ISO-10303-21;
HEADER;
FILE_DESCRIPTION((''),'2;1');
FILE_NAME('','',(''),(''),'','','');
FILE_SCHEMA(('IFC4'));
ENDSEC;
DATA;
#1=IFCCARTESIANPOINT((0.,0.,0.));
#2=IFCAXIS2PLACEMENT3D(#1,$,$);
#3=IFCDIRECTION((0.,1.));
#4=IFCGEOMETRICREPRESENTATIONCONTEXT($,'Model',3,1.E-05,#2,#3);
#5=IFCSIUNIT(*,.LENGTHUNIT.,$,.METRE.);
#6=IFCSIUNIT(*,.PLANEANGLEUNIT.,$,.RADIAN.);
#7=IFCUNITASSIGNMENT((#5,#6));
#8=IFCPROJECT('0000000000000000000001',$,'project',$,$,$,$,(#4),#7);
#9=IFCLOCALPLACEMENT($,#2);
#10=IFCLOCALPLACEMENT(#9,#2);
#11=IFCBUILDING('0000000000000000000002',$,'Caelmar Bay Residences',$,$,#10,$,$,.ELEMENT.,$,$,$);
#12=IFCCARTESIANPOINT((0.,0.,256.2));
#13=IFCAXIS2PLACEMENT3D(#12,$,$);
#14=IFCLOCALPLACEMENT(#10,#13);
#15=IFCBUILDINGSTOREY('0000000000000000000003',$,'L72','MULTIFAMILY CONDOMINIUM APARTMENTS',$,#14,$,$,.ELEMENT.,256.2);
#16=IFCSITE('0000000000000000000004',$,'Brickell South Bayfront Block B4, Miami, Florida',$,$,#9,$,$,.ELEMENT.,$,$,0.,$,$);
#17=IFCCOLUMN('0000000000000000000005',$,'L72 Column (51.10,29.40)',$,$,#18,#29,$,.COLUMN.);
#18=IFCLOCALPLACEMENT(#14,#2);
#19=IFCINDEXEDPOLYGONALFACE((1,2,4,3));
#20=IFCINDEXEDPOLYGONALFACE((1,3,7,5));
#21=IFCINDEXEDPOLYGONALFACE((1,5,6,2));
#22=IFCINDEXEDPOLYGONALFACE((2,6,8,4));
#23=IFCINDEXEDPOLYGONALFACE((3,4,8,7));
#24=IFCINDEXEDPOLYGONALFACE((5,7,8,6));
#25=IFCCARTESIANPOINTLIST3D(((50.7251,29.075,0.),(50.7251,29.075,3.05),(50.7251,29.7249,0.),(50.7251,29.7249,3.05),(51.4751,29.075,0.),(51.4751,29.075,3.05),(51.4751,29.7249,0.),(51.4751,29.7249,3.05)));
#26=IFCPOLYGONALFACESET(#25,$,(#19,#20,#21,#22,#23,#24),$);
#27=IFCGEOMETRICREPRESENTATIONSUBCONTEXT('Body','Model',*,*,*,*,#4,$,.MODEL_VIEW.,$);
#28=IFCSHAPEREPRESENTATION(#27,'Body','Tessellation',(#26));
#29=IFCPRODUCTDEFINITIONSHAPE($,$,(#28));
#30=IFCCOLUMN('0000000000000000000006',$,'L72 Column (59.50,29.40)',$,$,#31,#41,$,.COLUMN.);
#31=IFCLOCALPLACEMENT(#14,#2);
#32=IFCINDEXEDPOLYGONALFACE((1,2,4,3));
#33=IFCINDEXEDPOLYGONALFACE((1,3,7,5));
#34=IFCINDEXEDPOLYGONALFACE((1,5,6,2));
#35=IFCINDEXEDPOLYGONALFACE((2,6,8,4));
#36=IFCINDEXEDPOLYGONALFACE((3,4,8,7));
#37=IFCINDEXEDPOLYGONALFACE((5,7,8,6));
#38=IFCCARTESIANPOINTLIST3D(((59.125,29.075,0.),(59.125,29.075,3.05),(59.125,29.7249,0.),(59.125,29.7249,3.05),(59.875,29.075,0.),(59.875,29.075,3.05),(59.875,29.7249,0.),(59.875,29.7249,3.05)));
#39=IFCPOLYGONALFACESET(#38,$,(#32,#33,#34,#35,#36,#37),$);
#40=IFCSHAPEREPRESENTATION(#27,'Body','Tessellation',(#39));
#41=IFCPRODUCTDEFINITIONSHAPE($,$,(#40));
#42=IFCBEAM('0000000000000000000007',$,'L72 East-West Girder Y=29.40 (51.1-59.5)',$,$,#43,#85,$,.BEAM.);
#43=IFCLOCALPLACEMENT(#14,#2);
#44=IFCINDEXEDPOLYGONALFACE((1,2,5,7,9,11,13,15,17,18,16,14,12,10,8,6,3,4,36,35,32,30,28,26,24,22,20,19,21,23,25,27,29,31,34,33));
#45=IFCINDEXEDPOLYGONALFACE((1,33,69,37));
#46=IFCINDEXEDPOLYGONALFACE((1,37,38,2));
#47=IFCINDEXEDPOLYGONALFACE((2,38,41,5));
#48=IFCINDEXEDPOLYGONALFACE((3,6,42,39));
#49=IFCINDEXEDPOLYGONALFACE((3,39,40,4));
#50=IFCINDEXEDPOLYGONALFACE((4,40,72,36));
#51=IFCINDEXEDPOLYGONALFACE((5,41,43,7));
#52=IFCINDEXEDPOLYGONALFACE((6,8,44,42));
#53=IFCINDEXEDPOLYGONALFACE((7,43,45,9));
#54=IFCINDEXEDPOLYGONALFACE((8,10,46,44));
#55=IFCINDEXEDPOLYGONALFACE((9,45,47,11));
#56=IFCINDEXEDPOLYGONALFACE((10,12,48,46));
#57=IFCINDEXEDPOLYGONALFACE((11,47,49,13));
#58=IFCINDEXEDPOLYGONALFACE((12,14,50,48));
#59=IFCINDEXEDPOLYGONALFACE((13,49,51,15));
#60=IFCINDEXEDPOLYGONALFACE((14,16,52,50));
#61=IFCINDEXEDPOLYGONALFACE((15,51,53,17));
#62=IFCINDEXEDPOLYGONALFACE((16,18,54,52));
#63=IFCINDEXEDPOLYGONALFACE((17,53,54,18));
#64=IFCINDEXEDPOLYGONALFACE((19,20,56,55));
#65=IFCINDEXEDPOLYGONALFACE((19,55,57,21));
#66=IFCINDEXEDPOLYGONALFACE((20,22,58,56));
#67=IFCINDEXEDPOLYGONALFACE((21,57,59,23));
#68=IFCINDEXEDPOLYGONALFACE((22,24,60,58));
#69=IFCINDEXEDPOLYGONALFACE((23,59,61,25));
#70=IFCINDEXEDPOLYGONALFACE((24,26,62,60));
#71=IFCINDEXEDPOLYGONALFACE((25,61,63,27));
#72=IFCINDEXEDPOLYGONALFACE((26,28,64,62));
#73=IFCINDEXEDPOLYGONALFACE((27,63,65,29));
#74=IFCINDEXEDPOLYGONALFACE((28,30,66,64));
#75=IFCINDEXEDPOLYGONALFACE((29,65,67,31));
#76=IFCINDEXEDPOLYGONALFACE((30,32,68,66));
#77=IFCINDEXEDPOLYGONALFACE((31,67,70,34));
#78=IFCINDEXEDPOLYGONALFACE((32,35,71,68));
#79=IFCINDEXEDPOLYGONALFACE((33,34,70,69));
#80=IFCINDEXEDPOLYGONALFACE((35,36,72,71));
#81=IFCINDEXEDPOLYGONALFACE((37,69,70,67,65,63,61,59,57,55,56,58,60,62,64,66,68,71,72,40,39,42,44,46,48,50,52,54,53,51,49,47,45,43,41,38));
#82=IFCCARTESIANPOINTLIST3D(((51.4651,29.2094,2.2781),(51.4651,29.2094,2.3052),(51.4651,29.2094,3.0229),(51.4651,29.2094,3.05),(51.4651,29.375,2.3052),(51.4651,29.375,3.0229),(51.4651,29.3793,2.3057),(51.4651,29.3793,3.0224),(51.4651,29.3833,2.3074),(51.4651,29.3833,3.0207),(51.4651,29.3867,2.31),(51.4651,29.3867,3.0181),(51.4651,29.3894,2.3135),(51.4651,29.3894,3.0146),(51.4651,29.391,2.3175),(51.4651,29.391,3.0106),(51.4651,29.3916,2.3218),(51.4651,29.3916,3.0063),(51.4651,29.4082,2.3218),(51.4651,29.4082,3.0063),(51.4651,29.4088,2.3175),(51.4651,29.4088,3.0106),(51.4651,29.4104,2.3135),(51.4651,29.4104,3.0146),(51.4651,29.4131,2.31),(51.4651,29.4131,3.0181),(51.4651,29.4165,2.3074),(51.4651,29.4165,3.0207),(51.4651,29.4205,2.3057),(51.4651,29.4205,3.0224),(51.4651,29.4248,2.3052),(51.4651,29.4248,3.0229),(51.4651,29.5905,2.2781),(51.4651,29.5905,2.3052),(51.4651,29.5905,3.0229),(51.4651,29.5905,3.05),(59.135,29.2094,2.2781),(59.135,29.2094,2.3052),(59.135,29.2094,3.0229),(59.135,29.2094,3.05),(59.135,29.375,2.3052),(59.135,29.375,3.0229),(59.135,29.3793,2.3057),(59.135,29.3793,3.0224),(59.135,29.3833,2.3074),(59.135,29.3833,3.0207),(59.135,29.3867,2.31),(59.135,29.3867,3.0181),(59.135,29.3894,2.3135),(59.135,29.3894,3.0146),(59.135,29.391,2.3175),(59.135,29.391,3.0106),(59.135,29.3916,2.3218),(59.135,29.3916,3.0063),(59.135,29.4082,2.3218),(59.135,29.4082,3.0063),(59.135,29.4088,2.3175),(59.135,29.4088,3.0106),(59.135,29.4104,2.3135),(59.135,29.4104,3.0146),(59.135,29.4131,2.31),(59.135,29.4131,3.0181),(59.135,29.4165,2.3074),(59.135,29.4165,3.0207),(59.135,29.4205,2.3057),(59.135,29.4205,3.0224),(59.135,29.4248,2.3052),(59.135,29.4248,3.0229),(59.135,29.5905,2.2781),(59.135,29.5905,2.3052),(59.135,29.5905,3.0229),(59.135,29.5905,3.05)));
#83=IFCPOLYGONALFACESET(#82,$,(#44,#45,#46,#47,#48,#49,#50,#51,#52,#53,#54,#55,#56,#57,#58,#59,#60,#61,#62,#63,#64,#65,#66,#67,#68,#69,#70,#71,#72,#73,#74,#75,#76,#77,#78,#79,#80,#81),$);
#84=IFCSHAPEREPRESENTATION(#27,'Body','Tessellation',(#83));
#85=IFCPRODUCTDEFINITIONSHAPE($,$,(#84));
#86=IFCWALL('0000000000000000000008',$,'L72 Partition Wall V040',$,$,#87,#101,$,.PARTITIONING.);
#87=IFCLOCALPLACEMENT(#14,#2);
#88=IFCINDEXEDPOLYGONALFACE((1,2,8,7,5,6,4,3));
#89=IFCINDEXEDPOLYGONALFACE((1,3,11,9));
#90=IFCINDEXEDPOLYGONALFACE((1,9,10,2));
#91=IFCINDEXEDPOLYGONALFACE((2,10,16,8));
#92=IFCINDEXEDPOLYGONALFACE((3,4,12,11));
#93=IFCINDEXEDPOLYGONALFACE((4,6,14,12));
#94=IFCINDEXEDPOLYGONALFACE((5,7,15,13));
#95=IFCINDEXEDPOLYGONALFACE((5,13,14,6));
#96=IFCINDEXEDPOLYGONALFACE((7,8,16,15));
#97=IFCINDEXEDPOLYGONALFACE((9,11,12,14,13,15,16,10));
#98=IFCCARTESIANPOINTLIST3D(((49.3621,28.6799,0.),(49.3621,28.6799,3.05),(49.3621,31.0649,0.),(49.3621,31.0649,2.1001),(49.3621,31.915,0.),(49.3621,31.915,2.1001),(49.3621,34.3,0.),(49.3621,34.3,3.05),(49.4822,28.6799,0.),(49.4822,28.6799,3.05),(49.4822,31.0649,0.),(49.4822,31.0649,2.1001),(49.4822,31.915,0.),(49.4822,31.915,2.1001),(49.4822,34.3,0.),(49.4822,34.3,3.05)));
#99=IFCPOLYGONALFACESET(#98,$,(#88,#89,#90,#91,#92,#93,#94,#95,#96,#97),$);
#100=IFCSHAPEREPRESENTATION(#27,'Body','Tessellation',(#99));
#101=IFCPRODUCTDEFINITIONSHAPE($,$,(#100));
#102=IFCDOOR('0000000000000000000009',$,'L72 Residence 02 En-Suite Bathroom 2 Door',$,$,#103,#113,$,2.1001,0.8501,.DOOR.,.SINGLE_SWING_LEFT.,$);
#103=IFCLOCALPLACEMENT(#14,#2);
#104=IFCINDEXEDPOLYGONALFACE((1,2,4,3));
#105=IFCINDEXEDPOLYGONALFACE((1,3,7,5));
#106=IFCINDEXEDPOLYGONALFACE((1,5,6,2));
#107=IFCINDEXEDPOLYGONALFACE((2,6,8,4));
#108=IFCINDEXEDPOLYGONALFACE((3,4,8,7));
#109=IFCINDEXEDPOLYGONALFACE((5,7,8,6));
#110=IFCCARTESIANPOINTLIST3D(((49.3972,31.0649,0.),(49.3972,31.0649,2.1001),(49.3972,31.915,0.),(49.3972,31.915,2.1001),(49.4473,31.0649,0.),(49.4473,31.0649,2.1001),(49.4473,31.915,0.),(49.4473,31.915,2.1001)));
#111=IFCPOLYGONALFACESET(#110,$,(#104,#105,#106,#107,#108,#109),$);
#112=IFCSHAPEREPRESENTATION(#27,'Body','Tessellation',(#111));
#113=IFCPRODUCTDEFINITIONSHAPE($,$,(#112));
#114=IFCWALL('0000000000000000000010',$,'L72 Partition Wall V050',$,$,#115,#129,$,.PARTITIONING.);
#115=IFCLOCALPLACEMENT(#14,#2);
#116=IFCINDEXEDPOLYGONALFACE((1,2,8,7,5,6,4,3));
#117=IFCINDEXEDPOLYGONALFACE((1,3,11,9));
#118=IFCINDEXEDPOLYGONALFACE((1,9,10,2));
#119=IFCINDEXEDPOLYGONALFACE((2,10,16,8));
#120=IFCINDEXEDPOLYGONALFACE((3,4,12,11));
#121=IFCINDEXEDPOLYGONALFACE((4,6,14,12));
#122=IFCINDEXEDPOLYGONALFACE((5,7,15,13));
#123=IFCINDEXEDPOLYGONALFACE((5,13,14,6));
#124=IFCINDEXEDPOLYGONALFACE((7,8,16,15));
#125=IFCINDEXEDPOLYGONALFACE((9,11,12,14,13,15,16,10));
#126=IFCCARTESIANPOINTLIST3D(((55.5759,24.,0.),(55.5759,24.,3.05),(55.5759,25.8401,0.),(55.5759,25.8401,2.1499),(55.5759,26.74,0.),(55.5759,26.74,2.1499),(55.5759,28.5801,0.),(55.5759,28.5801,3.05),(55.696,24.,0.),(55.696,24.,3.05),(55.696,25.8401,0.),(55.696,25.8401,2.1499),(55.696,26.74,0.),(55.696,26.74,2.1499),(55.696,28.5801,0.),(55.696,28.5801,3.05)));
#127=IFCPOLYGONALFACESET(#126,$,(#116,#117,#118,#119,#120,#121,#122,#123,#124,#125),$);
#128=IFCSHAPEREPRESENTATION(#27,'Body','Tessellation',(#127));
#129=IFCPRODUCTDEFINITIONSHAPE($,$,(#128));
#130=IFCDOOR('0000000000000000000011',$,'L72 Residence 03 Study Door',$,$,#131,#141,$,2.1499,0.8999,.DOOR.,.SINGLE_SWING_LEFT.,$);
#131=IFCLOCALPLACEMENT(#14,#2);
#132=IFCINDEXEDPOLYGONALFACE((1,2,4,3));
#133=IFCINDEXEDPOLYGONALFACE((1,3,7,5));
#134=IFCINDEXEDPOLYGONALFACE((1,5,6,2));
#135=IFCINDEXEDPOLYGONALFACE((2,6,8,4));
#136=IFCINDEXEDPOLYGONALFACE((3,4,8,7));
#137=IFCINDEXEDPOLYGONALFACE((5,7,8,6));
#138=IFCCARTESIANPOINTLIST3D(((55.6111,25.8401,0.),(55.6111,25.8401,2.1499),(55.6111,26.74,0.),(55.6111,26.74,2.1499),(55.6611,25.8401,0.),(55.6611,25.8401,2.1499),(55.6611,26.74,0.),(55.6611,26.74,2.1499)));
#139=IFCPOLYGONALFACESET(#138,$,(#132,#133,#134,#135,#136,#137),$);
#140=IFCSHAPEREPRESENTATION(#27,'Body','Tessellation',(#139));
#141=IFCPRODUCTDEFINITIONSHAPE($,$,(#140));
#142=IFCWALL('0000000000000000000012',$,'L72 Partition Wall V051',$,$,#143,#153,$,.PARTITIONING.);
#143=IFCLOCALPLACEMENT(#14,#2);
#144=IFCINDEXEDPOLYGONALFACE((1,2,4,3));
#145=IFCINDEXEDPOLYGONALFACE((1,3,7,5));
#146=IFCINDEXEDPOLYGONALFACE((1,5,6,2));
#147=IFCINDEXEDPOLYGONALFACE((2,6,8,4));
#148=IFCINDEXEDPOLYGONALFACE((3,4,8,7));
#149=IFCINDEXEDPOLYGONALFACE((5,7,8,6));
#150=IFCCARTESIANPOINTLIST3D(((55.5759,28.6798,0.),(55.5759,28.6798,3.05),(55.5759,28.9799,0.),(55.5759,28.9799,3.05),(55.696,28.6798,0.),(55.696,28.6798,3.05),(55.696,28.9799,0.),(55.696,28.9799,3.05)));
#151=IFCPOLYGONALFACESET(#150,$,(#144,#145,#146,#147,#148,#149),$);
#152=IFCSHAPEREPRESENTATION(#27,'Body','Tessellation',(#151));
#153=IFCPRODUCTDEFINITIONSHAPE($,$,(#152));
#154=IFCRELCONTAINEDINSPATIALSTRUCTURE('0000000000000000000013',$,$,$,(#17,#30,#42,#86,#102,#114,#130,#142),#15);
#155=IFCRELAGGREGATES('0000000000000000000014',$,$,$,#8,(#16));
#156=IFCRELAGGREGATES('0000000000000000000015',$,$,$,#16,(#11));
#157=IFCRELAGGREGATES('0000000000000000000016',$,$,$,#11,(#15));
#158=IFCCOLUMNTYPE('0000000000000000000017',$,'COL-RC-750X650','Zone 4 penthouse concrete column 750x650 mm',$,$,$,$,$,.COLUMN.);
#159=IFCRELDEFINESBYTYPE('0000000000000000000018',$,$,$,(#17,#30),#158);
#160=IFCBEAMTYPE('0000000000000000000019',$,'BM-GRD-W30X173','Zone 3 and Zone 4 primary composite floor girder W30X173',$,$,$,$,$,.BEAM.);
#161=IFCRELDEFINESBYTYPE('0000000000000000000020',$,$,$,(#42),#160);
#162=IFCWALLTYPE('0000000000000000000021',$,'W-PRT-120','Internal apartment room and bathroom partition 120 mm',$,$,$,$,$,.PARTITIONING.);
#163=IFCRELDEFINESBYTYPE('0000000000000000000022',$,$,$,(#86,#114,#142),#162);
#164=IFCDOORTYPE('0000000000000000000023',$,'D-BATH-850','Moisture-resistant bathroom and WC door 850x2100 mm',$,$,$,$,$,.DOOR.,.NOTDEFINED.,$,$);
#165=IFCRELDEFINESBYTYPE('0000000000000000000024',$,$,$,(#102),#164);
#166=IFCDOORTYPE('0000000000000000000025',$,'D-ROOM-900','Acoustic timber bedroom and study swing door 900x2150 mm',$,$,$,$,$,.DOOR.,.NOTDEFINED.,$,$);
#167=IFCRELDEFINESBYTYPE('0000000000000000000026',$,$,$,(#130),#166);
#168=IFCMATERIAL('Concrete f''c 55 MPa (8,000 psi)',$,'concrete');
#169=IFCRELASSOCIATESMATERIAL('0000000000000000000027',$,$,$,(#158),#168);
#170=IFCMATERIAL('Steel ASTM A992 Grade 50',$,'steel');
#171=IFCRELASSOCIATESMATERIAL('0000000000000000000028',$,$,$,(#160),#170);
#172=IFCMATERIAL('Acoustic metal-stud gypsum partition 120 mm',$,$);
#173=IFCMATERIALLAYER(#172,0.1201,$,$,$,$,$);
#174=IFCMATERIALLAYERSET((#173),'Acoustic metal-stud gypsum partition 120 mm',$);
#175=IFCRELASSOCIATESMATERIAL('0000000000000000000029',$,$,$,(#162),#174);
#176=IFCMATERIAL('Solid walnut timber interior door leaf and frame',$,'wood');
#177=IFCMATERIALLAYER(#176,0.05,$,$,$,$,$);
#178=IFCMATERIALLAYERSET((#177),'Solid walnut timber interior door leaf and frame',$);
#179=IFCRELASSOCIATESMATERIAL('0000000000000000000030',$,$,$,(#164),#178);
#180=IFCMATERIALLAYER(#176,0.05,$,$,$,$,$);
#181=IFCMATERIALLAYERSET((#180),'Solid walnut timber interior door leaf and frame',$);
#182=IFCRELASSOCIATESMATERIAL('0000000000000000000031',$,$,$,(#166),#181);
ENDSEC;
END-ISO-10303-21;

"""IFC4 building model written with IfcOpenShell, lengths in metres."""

from ifc_helpers import new_model, si_unit, direction, frame, frame_2d, origin, origin_2d, place, context, subcontext, project, spatial, rectangle, i_section, extrude, material, layer, layer_set, material_profile, profile_set, type_object, element, fill, save


model = new_model("IFC4")

# Units and contexts
model_context = context("Model", 3, precision=1e-05, world=origin(), true_north=direction((0.0, 1.0)))
body_context = subcontext(model_context, "Body", "Model", "MODEL_VIEW")
ifc_project = project(units=[si_unit("LENGTHUNIT", "METRE"), si_unit("PLANEANGLEUNIT", "RADIAN")], contexts=[model_context])

# Site, building, storey
site_placement = place(None, origin())
site = spatial("IfcSite", under=ifc_project, at=site_placement, Name="Brickell South Bayfront Block B4, Miami, Florida", CompositionType="ELEMENT", RefElevation=0.0)
building_placement = place(site_placement, origin())
building = spatial("IfcBuilding", under=site, at=building_placement, Name="Caelmar Bay Residences", CompositionType="ELEMENT")
storey_placement = place(building_placement, frame((0.0, 0.0, 256.2)))
storey = spatial("IfcBuildingStorey", under=building, at=storey_placement, Name="L72", Description="MULTIFAMILY CONDOMINIUM APARTMENTS", CompositionType="ELEMENT", Elevation=256.2)

# Columns
ifc_material_1 = material(Name="Concrete f'c 55 MPa (8,000 psi)", Category="concrete")
ifc_material_profile_1 = material_profile(ifc_material_1, rectangle(XDim=0.75, YDim=0.6499, at=origin_2d()), Name="RC-COL-750X650")
ifc_profile_set_1 = profile_set([ifc_material_profile_1], Name="Concrete f'c 55 MPa (8,000 psi)")
column_type = type_object("IfcColumnType", Name="COL-RC-750X650", Description="Zone 4 penthouse concrete column 750x650 mm", PredefinedType="COLUMN", material=ifc_profile_set_1)
for number, where, z_axis, x_axis, name in (
    (1, (51.1001, 29.3999, 0.0), (0.0, 0.0, 1.0), (1.0, 0.0, 0.0), "L72 Column (51.10,29.40)"),
    (2, (59.5, 29.3999, 0.0), (0.0, 0.0, 1.0), (1.0, 0.0, 0.0), "L72 Column (59.50,29.40)"),
):
    element("IfcColumn", number, at=place(storey_placement, frame(where, z_axis=z_axis, x_axis=x_axis)), inside=storey, type_object=column_type, Name=name, PredefinedType="COLUMN", context=body_context, shape_type="SweptSolid", body=[
        extrude(rectangle(XDim=0.75, YDim=0.6499, at=origin_2d()), origin(), (0.0, 0.0, 1.0), 3.05),
    ])

# Beam
ifc_material_2 = material(Name="Steel ASTM A992 Grade 50", Category="steel")
ifc_material_profile_2 = material_profile(ifc_material_2, i_section(OverallWidth=0.3811, OverallDepth=0.772, WebThickness=0.0166, FlangeThickness=0.0271, FilletRadius=0.0166, at=origin_2d()), Name="W30X173")
ifc_profile_set_2 = profile_set([ifc_material_profile_2], Name="Steel ASTM A992 Grade 50")
beam_type = type_object("IfcBeamType", Name="BM-GRD-W30X173", Description="Zone 3 and Zone 4 primary composite floor girder W30X173", PredefinedType="BEAM", material=ifc_profile_set_2)
beam_placement = place(storey_placement, frame((51.4651, 29.3999, 2.6641), z_axis=(1.0, 0.0, 0.0), x_axis=(0.0, 1.0, 0.0)))
element("IfcBeam", 3, at=beam_placement, inside=storey, type_object=beam_type, Name="L72 East-West Girder Y=29.40 (51.1-59.5)", PredefinedType="BEAM", context=body_context, shape_type="SweptSolid", body=[
    extrude(i_section(OverallWidth=0.3811, OverallDepth=0.772, WebThickness=0.0166, FlangeThickness=0.0271, FilletRadius=0.0166, at=origin_2d()), origin(), (0.0, 0.0, 1.0), 7.6699),
])

# Walls, openings, doors
ifc_material_3 = material(Name="Acoustic metal-stud gypsum partition 120 mm")
ifc_layer_1 = layer(ifc_material_3, 0.1201)
ifc_layer_set_1 = layer_set([ifc_layer_1], Name="Acoustic metal-stud gypsum partition 120 mm")
wall_type_1 = type_object("IfcWallType", Name="W-PRT-120", Description="Internal apartment room and bathroom partition 120 mm", PredefinedType="PARTITIONING", material=ifc_layer_set_1)
wall_1_placement = place(storey_placement, frame((49.4221, 28.6799, 0.0), z_axis=(0.0, 0.0, 1.0), x_axis=(0.0, 1.0, 0.0)))
wall_1 = element("IfcWall", 4, at=wall_1_placement, inside=storey, type_object=wall_type_1, Name="L72 Partition Wall V040", PredefinedType="PARTITIONING", context=body_context, shape_type="SweptSolid", body=[
    extrude(rectangle(XDim=5.6201, YDim=0.1201, at=frame_2d((2.8101, 0.0))), origin(), (0.0, 0.0, 1.0), 3.05),
])
opening_1_placement = place(wall_1_placement, frame((2.385, 0.0, 0.0)))
opening_1 = element("IfcOpeningElement", 5, at=opening_1_placement, cuts=wall_1, PredefinedType="OPENING", context=body_context, shape_type="SweptSolid", body=[
    extrude(rectangle(XDim=0.8501, YDim=2.1001, at=frame_2d((0.425, 1.05))), frame((0.0, 0.0701, 0.0), z_axis=(0.0, -1.0, 0.0), x_axis=(1.0, 0.0, 0.0)), (0.0, 0.0, 1.0), 0.1401),
])
ifc_material_4 = material(Name="Solid walnut timber interior door leaf and frame", Category="wood")
ifc_layer_2 = layer(ifc_material_4, 0.05)
ifc_layer_set_2 = layer_set([ifc_layer_2], Name="Solid walnut timber interior door leaf and frame")
door_type_1 = type_object("IfcDoorType", Name="D-BATH-850", Description="Moisture-resistant bathroom and WC door 850x2100 mm", OperationType="NOTDEFINED", PredefinedType="DOOR", material=ifc_layer_set_2)
door_1_placement = place(opening_1_placement, origin())
door_1 = element("IfcDoor", 6, at=door_1_placement, inside=storey, type_object=door_type_1, Name="L72 Residence 02 En-Suite Bathroom 2 Door", OperationType="SINGLE_SWING_LEFT", OverallHeight=2.1001, OverallWidth=0.8501, PredefinedType="DOOR", context=body_context, shape_type="SweptSolid", body=[
    extrude(rectangle(XDim=0.8501, YDim=2.1001, at=frame_2d((0.425, 1.05))), frame((0.0, 0.0249, 0.0), z_axis=(0.0, -1.0, 0.0), x_axis=(1.0, 0.0, 0.0)), (0.0, 0.0, 1.0), 0.05),
])
fill(opening_1, door_1)
wall_2_placement = place(storey_placement, frame((55.636, 24.0, 0.0), z_axis=(0.0, 0.0, 1.0), x_axis=(0.0, 1.0, 0.0)))
wall_2 = element("IfcWall", 7, at=wall_2_placement, inside=storey, type_object=wall_type_1, Name="L72 Partition Wall V050", PredefinedType="PARTITIONING", context=body_context, shape_type="SweptSolid", body=[
    extrude(rectangle(XDim=4.5801, YDim=0.1201, at=frame_2d((2.29, 0.0))), origin(), (0.0, 0.0, 1.0), 3.05),
])
opening_2_placement = place(wall_2_placement, frame((1.8401, 0.0, 0.0)))
opening_2 = element("IfcOpeningElement", 8, at=opening_2_placement, cuts=wall_2, PredefinedType="OPENING", context=body_context, shape_type="SweptSolid", body=[
    extrude(rectangle(XDim=0.8999, YDim=2.1499, at=frame_2d((0.45, 1.075))), frame((0.0, 0.0701, 0.0), z_axis=(0.0, -1.0, 0.0), x_axis=(1.0, 0.0, 0.0)), (0.0, 0.0, 1.0), 0.1401),
])
ifc_layer_3 = layer(ifc_material_4, 0.05)
ifc_layer_set_3 = layer_set([ifc_layer_3], Name="Solid walnut timber interior door leaf and frame")
door_type_2 = type_object("IfcDoorType", Name="D-ROOM-900", Description="Acoustic timber bedroom and study swing door 900x2150 mm", OperationType="NOTDEFINED", PredefinedType="DOOR", material=ifc_layer_set_3)
door_2_placement = place(opening_2_placement, origin())
door_2 = element("IfcDoor", 9, at=door_2_placement, inside=storey, type_object=door_type_2, Name="L72 Residence 03 Study Door", OperationType="SINGLE_SWING_LEFT", OverallHeight=2.1499, OverallWidth=0.8999, PredefinedType="DOOR", context=body_context, shape_type="SweptSolid", body=[
    extrude(rectangle(XDim=0.8999, YDim=2.1499, at=frame_2d((0.45, 1.075))), frame((0.0, 0.0249, 0.0), z_axis=(0.0, -1.0, 0.0), x_axis=(1.0, 0.0, 0.0)), (0.0, 0.0, 1.0), 0.05),
])
fill(opening_2, door_2)

# Wall
wall_3_placement = place(storey_placement, frame((55.636, 28.6799, 0.0), z_axis=(0.0, 0.0, 1.0), x_axis=(0.0, 1.0, 0.0)))
element("IfcWall", 10, at=wall_3_placement, inside=storey, type_object=wall_type_1, Name="L72 Partition Wall V051", PredefinedType="PARTITIONING", context=body_context, shape_type="SweptSolid", body=[
    extrude(rectangle(XDim=0.3, YDim=0.1201, at=frame_2d((0.1499, 0.0))), origin(), (0.0, 0.0, 1.0), 3.05),
])

save(model, "model.ifc")
